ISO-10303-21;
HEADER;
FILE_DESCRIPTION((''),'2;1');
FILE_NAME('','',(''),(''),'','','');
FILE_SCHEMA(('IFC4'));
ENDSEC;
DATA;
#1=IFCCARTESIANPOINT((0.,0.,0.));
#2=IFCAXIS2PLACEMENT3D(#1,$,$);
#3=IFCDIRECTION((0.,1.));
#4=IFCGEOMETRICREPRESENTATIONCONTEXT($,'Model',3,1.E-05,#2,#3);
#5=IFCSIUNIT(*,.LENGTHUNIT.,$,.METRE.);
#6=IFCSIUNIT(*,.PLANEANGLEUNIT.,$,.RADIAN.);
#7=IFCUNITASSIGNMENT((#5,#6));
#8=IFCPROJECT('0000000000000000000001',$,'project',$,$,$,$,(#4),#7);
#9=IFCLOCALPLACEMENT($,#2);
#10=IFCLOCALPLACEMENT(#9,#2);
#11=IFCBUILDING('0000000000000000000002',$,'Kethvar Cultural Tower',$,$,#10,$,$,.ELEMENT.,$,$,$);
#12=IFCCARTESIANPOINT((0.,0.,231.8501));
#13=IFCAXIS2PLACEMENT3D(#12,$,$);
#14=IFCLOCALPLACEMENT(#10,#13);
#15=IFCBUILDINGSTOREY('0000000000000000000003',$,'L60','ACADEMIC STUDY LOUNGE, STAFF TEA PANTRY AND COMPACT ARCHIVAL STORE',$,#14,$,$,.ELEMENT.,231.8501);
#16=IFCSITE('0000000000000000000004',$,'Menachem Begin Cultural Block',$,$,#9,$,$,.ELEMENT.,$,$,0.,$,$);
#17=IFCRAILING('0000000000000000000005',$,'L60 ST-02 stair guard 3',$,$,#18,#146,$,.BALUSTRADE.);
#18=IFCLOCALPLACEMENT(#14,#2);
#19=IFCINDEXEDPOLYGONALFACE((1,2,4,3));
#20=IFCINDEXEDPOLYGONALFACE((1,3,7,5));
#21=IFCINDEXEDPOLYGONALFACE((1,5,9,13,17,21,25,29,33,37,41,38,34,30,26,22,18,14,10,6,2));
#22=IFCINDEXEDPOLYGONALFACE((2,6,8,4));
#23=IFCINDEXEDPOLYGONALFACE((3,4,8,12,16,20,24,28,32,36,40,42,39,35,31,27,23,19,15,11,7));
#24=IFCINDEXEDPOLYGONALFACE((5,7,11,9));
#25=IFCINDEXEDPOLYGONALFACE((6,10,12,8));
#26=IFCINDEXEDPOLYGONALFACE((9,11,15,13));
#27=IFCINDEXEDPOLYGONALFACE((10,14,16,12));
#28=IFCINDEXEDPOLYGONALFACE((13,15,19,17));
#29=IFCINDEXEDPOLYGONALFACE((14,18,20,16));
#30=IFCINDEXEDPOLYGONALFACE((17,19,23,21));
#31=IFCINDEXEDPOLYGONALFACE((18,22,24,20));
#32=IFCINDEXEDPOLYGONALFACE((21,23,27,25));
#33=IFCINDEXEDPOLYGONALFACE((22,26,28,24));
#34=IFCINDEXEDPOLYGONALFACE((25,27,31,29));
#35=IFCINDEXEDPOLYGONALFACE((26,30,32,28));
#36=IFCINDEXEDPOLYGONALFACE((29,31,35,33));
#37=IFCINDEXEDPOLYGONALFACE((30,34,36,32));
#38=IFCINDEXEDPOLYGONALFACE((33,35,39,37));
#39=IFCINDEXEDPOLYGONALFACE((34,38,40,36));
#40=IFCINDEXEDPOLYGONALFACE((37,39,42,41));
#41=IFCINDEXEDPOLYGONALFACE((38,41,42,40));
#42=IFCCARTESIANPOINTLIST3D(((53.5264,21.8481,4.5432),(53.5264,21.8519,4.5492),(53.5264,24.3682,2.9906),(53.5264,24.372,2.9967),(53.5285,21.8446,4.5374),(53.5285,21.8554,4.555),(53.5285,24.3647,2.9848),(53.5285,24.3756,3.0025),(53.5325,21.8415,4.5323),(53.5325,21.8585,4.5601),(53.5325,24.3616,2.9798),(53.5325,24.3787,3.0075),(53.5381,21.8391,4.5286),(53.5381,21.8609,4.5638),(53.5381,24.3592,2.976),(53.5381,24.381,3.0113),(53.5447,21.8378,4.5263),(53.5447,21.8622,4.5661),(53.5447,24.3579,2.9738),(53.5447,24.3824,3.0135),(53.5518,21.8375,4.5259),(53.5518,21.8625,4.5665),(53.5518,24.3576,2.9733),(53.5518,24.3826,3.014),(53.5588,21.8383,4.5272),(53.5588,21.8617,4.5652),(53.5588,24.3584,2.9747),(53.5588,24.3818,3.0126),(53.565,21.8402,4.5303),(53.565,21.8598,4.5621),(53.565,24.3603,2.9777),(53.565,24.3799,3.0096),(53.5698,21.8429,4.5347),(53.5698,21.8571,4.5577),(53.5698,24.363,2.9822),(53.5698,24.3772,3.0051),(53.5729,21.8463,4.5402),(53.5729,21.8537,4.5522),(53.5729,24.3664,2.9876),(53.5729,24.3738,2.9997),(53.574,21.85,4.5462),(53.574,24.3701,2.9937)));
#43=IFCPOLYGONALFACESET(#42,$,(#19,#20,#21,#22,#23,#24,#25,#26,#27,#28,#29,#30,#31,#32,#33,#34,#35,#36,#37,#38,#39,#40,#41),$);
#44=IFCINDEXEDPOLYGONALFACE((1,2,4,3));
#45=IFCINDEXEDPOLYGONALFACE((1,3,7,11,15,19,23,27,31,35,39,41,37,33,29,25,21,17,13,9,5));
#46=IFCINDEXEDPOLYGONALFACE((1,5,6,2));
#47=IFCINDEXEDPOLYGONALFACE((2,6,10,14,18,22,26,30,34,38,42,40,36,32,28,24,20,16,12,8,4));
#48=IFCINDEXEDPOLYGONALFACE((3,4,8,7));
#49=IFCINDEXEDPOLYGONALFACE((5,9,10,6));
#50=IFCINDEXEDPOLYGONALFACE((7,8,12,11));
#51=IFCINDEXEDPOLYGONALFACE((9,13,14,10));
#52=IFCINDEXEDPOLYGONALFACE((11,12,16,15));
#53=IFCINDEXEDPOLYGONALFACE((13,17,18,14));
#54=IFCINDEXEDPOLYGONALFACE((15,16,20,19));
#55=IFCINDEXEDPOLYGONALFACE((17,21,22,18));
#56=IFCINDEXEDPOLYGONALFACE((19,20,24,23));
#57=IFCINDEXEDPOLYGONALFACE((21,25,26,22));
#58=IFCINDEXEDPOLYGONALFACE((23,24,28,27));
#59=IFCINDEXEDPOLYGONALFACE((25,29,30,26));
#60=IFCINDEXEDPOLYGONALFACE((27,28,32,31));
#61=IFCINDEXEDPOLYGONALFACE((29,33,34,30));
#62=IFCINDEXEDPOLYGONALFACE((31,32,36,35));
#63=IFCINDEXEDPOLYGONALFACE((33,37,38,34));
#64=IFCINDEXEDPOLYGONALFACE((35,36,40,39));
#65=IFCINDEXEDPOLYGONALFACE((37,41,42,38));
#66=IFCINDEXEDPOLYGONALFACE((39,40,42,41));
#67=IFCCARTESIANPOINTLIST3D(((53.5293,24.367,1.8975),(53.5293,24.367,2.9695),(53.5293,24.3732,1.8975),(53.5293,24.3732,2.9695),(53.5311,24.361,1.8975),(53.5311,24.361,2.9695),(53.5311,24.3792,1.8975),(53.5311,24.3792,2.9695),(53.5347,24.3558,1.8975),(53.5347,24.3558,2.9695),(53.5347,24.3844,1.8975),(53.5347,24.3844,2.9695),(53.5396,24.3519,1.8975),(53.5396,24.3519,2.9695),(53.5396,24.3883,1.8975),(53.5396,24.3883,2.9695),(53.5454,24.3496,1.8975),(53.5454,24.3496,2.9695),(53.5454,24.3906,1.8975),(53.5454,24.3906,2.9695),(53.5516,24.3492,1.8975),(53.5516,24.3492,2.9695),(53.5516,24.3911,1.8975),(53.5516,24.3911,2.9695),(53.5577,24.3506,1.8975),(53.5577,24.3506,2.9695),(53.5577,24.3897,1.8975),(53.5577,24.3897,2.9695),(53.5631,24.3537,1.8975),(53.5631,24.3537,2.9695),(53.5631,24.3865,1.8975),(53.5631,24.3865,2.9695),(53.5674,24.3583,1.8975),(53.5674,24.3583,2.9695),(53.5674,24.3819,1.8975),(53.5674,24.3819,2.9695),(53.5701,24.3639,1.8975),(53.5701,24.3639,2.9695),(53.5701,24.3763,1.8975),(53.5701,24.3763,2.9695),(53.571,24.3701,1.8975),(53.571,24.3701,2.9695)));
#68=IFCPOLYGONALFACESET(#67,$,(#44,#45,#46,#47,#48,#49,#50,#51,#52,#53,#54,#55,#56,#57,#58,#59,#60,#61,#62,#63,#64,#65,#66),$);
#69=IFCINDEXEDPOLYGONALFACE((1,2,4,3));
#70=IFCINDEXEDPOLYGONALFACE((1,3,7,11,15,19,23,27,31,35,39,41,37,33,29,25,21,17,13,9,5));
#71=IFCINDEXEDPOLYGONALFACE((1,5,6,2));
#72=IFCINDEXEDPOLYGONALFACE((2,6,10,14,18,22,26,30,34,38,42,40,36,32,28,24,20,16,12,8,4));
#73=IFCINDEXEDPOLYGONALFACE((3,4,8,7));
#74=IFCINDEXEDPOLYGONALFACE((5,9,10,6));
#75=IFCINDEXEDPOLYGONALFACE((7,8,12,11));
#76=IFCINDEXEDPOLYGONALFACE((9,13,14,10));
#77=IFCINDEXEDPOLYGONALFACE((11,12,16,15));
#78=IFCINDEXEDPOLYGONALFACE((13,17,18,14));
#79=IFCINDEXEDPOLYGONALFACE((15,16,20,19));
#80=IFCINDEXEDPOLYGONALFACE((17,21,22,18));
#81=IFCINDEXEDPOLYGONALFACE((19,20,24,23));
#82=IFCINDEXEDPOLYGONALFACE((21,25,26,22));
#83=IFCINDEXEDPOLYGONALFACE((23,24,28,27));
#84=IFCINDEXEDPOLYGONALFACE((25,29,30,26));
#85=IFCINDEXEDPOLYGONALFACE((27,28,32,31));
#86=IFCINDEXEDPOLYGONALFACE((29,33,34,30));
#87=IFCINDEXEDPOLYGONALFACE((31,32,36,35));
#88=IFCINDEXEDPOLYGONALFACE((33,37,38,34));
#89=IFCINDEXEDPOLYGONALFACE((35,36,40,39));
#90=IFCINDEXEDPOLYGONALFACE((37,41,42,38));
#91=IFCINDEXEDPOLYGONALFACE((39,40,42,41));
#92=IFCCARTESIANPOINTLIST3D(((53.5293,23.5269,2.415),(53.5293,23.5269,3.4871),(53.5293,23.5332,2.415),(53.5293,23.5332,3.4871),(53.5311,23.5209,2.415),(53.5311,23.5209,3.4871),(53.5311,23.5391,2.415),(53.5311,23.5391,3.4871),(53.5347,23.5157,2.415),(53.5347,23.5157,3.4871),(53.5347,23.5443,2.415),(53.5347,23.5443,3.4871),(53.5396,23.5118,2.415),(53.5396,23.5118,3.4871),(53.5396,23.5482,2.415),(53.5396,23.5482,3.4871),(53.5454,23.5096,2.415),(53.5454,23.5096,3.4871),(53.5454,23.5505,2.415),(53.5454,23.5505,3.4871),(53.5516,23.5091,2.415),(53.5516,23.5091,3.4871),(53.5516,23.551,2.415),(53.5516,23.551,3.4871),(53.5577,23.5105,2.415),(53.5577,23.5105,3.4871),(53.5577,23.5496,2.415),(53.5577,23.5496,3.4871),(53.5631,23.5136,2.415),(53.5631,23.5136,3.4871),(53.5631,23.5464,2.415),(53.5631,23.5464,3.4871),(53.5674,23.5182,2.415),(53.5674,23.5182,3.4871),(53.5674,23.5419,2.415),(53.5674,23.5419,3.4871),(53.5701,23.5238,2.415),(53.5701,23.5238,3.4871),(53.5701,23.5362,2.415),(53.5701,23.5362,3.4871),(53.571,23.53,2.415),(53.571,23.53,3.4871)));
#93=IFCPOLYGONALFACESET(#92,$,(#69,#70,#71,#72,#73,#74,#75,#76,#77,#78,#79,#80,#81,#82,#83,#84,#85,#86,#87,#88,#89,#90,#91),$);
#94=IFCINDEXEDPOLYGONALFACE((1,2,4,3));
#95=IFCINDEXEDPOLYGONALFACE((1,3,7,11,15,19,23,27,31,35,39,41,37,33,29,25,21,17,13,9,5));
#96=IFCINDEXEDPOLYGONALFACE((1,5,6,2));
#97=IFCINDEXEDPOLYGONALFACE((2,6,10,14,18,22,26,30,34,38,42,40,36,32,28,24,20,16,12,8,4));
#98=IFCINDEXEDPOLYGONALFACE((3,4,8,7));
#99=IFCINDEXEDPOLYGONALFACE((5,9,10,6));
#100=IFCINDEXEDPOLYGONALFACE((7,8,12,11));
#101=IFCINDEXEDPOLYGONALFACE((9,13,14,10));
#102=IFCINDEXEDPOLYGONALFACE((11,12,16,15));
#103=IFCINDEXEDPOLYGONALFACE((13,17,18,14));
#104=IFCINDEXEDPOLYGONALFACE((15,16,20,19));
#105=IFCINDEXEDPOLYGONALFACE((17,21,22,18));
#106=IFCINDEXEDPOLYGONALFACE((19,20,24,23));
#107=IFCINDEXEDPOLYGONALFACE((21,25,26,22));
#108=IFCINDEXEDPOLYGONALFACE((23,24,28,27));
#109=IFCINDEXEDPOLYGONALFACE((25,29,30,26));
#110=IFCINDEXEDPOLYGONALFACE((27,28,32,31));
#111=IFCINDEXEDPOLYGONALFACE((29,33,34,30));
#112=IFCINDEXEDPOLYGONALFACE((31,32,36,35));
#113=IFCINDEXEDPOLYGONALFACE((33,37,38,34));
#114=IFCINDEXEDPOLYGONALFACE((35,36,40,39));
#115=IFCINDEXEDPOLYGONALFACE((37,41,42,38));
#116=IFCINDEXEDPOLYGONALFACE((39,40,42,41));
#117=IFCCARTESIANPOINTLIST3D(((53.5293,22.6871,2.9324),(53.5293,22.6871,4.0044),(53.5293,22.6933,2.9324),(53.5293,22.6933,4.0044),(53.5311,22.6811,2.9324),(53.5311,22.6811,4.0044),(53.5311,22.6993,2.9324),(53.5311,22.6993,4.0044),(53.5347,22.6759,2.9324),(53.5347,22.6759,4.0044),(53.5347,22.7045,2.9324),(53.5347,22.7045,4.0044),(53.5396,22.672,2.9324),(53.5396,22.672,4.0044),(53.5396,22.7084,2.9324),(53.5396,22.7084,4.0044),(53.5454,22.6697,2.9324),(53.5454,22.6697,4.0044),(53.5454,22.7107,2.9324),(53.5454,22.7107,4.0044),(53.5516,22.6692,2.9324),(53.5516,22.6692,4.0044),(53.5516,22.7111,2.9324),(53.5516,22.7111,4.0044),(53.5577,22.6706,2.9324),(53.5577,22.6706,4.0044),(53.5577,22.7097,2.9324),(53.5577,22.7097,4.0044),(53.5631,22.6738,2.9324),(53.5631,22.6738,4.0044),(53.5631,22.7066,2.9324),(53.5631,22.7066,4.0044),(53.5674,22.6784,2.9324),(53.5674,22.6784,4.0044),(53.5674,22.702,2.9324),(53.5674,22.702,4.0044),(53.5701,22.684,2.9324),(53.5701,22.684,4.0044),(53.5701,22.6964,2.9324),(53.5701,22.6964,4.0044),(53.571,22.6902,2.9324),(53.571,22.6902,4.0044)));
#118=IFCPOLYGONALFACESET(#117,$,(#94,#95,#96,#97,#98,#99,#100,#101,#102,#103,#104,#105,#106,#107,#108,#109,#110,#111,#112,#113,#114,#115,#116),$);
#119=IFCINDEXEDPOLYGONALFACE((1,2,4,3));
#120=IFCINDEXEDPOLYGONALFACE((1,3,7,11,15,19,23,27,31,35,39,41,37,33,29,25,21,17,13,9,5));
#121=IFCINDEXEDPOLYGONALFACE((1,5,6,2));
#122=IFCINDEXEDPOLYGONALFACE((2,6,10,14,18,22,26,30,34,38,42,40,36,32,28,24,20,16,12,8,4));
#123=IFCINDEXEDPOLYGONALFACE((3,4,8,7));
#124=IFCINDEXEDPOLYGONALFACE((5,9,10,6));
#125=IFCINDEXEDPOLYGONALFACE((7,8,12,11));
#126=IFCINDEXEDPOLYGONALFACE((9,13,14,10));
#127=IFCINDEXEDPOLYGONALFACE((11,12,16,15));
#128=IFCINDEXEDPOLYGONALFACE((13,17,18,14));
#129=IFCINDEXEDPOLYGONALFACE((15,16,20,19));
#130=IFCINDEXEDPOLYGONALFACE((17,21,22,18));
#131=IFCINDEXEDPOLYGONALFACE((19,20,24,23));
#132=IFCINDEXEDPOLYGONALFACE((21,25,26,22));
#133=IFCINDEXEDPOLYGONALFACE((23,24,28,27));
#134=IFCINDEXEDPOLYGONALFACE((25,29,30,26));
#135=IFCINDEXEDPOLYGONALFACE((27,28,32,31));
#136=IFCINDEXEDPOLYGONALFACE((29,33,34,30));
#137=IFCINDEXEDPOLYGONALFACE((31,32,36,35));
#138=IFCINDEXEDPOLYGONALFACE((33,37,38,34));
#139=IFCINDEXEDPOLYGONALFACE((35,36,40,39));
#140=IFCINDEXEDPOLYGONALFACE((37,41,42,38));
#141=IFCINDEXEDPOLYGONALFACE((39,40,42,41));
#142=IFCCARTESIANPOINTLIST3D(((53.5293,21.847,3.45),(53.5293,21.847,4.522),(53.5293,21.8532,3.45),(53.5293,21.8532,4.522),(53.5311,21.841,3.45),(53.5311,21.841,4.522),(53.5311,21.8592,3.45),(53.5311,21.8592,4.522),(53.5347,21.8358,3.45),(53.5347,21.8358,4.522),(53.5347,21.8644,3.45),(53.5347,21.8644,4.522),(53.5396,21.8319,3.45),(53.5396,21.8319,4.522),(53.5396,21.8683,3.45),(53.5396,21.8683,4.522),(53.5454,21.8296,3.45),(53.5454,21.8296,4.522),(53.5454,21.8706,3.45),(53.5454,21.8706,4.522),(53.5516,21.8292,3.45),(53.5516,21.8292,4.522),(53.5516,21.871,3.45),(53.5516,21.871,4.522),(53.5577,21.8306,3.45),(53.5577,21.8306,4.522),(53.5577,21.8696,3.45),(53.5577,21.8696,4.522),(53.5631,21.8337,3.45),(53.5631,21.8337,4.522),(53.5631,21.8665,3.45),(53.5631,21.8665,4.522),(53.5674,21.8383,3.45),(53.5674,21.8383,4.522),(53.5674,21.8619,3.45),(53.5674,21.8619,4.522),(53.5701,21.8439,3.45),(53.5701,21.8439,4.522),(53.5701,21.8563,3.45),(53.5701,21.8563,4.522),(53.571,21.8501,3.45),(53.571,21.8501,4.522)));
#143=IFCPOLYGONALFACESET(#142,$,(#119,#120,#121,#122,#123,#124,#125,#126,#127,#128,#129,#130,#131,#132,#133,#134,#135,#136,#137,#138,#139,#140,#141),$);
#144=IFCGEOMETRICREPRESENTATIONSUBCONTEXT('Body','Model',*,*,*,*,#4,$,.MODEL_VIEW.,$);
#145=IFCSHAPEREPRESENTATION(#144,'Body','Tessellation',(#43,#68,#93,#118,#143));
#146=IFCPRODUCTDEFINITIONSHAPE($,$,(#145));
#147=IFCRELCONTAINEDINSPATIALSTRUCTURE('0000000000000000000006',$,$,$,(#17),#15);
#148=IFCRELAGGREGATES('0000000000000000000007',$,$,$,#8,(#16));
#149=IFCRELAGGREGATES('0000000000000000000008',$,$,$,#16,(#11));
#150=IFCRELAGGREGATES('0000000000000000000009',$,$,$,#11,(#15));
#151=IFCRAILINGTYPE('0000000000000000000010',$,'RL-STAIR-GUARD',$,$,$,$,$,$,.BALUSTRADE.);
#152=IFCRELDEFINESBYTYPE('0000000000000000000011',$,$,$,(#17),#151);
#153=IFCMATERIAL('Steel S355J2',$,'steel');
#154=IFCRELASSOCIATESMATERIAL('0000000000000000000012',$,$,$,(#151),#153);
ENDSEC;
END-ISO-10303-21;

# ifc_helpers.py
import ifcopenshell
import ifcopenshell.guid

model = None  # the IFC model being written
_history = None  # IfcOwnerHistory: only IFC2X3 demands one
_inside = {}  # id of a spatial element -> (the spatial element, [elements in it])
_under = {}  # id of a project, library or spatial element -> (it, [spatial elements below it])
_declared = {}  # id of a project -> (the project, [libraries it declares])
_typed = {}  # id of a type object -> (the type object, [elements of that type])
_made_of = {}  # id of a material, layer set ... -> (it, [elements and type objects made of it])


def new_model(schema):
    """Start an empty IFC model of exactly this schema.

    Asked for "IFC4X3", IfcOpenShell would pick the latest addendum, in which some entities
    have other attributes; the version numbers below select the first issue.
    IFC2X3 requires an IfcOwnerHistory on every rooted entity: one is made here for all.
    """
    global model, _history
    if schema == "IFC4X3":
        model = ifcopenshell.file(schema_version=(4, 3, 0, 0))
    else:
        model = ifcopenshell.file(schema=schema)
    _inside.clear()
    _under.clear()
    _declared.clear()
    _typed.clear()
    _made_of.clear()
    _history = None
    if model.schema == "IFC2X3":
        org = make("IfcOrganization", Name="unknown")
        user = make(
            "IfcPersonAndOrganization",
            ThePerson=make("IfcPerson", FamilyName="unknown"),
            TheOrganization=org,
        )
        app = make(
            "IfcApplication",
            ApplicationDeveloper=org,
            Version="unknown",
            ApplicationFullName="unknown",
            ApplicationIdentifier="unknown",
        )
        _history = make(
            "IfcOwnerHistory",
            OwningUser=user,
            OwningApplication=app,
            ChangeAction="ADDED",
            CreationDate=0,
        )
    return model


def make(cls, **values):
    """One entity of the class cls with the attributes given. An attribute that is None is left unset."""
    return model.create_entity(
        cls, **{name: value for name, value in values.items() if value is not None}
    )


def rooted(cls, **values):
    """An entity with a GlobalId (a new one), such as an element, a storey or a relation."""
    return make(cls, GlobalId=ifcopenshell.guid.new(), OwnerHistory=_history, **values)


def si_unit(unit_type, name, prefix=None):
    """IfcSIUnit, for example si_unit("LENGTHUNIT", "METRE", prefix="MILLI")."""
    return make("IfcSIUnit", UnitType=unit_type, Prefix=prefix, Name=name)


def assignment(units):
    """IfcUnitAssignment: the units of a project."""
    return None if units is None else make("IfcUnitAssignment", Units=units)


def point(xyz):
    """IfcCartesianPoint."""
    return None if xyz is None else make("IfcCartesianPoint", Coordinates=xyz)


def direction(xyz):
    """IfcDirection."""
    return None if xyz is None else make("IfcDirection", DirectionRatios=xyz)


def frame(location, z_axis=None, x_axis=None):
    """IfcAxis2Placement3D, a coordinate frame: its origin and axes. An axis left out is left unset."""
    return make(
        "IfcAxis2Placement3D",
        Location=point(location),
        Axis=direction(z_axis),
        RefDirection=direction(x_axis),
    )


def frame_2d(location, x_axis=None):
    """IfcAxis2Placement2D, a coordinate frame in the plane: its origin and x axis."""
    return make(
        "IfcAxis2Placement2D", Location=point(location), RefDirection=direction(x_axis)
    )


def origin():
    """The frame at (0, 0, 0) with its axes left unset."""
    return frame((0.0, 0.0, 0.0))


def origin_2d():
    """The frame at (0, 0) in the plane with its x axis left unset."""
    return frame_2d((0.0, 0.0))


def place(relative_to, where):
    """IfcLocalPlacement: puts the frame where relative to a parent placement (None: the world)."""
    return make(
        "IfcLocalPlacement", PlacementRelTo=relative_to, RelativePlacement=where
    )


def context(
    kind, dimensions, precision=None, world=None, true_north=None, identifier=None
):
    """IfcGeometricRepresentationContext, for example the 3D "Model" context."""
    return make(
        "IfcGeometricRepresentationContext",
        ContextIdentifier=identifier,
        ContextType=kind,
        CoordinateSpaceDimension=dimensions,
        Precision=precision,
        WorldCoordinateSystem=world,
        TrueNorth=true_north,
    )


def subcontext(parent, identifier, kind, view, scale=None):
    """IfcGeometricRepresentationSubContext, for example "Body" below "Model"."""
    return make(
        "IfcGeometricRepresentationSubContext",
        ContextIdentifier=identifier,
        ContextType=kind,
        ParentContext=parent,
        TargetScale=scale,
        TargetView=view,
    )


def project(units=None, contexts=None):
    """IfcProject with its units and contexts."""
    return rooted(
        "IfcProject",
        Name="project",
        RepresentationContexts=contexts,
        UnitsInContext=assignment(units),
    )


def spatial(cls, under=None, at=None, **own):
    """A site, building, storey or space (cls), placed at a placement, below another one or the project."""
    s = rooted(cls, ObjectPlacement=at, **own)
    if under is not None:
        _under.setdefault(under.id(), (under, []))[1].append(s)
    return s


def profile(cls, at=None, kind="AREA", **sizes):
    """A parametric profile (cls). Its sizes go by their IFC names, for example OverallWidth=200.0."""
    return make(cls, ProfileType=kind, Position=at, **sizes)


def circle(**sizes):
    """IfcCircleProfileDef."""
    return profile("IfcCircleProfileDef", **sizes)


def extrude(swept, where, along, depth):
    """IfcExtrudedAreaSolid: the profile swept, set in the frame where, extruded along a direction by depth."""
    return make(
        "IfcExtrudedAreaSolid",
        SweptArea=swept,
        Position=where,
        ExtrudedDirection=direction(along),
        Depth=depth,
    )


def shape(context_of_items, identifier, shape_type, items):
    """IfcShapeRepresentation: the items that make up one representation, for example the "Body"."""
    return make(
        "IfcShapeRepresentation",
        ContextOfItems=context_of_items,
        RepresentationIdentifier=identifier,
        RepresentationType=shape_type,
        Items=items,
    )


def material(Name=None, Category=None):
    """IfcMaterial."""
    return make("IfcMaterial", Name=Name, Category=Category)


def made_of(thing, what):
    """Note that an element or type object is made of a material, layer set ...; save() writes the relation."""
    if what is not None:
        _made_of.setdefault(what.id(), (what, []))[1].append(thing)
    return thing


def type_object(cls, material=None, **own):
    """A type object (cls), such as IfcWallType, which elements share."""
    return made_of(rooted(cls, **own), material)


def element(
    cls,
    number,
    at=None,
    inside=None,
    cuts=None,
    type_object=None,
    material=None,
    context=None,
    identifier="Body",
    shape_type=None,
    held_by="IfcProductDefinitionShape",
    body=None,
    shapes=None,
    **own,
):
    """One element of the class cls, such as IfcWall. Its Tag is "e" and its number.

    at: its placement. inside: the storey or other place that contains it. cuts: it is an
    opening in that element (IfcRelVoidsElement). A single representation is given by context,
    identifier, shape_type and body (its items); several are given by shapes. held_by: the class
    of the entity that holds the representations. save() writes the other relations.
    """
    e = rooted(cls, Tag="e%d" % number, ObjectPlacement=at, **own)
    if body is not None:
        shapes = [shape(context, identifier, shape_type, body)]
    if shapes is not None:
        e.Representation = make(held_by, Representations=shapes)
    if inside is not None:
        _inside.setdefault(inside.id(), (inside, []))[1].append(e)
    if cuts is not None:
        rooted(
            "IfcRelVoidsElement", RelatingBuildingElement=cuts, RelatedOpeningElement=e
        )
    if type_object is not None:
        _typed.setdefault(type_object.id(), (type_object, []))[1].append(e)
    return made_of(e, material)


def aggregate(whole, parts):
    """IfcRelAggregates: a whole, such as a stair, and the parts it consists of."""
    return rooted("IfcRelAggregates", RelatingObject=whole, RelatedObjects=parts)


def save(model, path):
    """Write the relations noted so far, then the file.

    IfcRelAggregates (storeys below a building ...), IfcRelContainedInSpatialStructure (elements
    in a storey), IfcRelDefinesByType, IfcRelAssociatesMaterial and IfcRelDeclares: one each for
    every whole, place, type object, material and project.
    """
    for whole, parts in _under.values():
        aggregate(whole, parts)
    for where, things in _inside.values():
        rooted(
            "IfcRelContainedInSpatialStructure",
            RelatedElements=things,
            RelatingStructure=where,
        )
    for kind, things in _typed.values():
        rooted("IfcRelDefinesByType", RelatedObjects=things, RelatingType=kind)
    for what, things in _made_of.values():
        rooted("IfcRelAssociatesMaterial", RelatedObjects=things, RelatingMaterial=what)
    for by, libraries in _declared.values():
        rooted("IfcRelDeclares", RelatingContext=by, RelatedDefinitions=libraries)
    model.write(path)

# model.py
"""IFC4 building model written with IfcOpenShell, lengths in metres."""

from ifc_helpers import new_model, si_unit, direction, frame, origin, origin_2d, place, context, subcontext, project, spatial, circle, extrude, material, type_object, element, save


model = new_model("IFC4")

# Units and contexts
model_context = context("Model", 3, precision=1e-05, world=origin(), true_north=direction((0.0, 1.0)))
body_context = subcontext(model_context, "Body", "Model", "MODEL_VIEW")
ifc_project = project(units=[si_unit("LENGTHUNIT", "METRE"), si_unit("PLANEANGLEUNIT", "RADIAN")], contexts=[model_context])

# Site, building, storey
site_placement = place(None, origin())
site = spatial("IfcSite", under=ifc_project, at=site_placement, Name="Menachem Begin Cultural Block", CompositionType="ELEMENT", RefElevation=0.0)
building_placement = place(site_placement, origin())
building = spatial("IfcBuilding", under=site, at=building_placement, Name="Kethvar Cultural Tower", CompositionType="ELEMENT")
storey_placement = place(building_placement, frame((0.0, 0.0, 231.8501)))
storey = spatial("IfcBuildingStorey", under=building, at=storey_placement, Name="L60", Description="ACADEMIC STUDY LOUNGE, STAFF TEA PANTRY AND COMPACT ARCHIVAL STORE", CompositionType="ELEMENT", Elevation=231.8501)

# Shared definitions
ifc_material_1 = material(Name="Steel S355J2", Category="steel")

# Railing
railing_type_1 = type_object("IfcRailingType", Name="RL-STAIR-GUARD", PredefinedType="BALUSTRADE", material=ifc_material_1)
railing_1_placement = place(storey_placement, frame((53.55, 24.3701, 1.8975)))
element("IfcRailing", 1, at=railing_1_placement, inside=storey, type_object=railing_type_1, Name="L60 ST-02 stair guard 3", PredefinedType="BALUSTRADE", context=body_context, shape_type="SweptSolid", body=[
    extrude(circle(Radius=0.0239, at=origin_2d()), frame((0.0, 0.0, 1.0962), z_axis=(0.0, -0.8514, 0.524516), x_axis=(1.0, 0.0, 0.0)), (0.0, 0.0, 1.0), 2.96),
    extrude(circle(Radius=0.021, at=origin_2d()), origin(), (0.0, 0.0, 1.0), 1.072),
    extrude(circle(Radius=0.021, at=origin_2d()), frame((0.0, -0.8401, 0.5176)), (0.0, 0.0, 1.0), 1.072),
    extrude(circle(Radius=0.021, at=origin_2d()), frame((0.0, -1.6799, 1.0349)), (0.0, 0.0, 1.0), 1.072),
    extrude(circle(Radius=0.021, at=origin_2d()), frame((0.0, -2.52, 1.5525)), (0.0, 0.0, 1.0), 1.072),
])

save(model, "model.ifc")
